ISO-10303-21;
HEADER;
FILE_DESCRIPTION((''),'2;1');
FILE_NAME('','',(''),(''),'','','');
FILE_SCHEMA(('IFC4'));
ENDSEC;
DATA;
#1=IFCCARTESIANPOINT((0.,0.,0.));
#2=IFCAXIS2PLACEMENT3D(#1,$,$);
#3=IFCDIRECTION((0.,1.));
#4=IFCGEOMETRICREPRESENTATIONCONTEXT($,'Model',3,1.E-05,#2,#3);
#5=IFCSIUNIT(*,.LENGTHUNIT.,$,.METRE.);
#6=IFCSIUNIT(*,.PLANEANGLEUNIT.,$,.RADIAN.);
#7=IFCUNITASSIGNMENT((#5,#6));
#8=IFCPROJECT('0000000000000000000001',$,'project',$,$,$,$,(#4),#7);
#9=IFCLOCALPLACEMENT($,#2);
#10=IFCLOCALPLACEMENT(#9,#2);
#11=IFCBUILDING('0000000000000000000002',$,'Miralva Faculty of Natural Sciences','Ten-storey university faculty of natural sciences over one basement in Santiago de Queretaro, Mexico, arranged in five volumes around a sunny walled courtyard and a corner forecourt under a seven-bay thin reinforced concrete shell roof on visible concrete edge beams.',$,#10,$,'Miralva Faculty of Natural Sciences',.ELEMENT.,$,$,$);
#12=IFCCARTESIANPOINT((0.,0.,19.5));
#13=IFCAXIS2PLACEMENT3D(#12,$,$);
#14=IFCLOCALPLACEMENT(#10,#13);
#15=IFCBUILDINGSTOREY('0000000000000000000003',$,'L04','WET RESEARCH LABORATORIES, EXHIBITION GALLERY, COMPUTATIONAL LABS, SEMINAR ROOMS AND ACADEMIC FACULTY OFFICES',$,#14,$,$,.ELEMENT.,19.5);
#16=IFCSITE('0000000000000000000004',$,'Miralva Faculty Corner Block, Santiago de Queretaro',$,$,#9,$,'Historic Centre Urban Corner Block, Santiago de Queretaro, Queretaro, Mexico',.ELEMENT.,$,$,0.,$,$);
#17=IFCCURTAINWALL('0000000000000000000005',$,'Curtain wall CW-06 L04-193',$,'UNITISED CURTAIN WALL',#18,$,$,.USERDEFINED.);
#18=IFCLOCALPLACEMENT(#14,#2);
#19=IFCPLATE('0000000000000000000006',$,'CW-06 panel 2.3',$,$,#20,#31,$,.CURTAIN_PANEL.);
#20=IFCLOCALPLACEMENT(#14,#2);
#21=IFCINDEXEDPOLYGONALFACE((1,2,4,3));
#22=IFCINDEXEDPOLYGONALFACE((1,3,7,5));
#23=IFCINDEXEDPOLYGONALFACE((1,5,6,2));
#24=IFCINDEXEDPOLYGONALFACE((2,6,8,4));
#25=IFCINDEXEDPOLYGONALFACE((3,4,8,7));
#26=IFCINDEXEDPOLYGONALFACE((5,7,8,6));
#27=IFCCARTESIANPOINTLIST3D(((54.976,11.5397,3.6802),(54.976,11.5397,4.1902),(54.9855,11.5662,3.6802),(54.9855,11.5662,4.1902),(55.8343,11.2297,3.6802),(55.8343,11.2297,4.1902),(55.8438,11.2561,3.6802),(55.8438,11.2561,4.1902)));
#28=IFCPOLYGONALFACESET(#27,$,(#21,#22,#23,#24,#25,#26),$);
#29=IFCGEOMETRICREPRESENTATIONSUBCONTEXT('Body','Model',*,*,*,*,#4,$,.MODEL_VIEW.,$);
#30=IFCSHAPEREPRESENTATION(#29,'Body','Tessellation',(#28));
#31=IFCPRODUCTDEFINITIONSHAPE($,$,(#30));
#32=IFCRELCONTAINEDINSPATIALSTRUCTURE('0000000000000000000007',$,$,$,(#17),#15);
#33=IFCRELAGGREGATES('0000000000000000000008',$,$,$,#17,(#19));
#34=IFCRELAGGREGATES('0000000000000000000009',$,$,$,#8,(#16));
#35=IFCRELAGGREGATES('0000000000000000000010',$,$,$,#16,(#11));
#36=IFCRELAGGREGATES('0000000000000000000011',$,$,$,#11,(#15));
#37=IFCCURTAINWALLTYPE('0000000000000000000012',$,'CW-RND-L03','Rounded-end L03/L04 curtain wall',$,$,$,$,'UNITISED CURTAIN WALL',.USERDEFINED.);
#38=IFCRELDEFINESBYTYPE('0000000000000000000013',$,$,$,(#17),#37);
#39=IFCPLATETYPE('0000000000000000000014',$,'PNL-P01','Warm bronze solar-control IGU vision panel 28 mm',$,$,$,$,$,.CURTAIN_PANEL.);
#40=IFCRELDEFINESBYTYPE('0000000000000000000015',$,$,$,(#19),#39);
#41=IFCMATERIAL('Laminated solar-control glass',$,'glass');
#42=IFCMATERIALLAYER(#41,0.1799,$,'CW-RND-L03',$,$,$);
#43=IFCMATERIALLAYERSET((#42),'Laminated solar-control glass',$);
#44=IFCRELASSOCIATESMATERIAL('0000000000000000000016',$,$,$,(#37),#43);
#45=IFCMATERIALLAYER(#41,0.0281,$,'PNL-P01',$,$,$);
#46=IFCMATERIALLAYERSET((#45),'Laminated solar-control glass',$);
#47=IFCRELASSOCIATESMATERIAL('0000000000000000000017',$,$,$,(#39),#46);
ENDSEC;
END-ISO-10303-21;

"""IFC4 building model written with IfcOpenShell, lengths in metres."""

from ifc_helpers import new_model, si_unit, direction, frame, origin, origin_2d, place, context, subcontext, project, spatial, rectangle, extrude, material, layer, layer_set, type_object, element, aggregate, save


model = new_model("IFC4")

# Units and contexts
model_context = context("Model", 3, precision=1e-05, world=origin(), true_north=direction((0.0, 1.0)))
body_context = subcontext(model_context, "Body", "Model", "MODEL_VIEW")
ifc_project = project(units=[si_unit("LENGTHUNIT", "METRE"), si_unit("PLANEANGLEUNIT", "RADIAN")], contexts=[model_context])

# Site, building, storey
site_placement = place(None, origin())
site = spatial("IfcSite", under=ifc_project, at=site_placement, Name="Miralva Faculty Corner Block, Santiago de Queretaro", LongName="Historic Centre Urban Corner Block, Santiago de Queretaro, Queretaro, Mexico", CompositionType="ELEMENT", RefElevation=0.0)
building_placement = place(site_placement, origin())
building = spatial("IfcBuilding", under=site, at=building_placement, Name="Miralva Faculty of Natural Sciences", Description="Ten-storey university faculty of natural sciences over one basement in Santiago de Queretaro, Mexico, arranged in five volumes around a sunny walled courtyard and a corner forecourt under a seven-bay thin reinforced concrete shell roof on visible concrete edge beams.", LongName="Miralva Faculty of Natural Sciences", CompositionType="ELEMENT")
storey_placement = place(building_placement, frame((0.0, 0.0, 19.5)))
storey = spatial("IfcBuildingStorey", under=building, at=storey_placement, Name="L04", Description="WET RESEARCH LABORATORIES, EXHIBITION GALLERY, COMPUTATIONAL LABS, SEMINAR ROOMS AND ACADEMIC FACULTY OFFICES", CompositionType="ELEMENT", Elevation=19.5)

# Curtain wall
ifc_material_1 = material(Name="Laminated solar-control glass", Category="glass")
ifc_layer_1 = layer(ifc_material_1, 0.1799, Name="CW-RND-L03")
ifc_layer_set_1 = layer_set([ifc_layer_1], Name="Laminated solar-control glass")
curtain_wall_type = type_object("IfcCurtainWallType", Name="CW-RND-L03", Description="Rounded-end L03/L04 curtain wall", ElementType="UNITISED CURTAIN WALL", PredefinedType="USERDEFINED", material=ifc_layer_set_1)
curtain_wall_1_placement = place(storey_placement, origin())
curtain_wall_1 = element("IfcCurtainWall", 1, at=curtain_wall_1_placement, inside=storey, type_object=curtain_wall_type, Name="Curtain wall CW-06 L04-193", ObjectType="UNITISED CURTAIN WALL", PredefinedType="USERDEFINED")

# Plate
ifc_layer_2 = layer(ifc_material_1, 0.0281, Name="PNL-P01")
ifc_layer_set_2 = layer_set([ifc_layer_2], Name="Laminated solar-control glass")
plate_type = type_object("IfcPlateType", Name="PNL-P01", Description="Warm bronze solar-control IGU vision panel 28 mm", PredefinedType="CURTAIN_PANEL", material=ifc_layer_set_2)
plate_1_placement = place(storey_placement, frame((55.4099, 11.3979, 3.6802), z_axis=(0.0, 0.0, 1.0), x_axis=(0.940535, -0.339696, 0.0)))
plate_1 = element("IfcPlate", 2, at=plate_1_placement, type_object=plate_type, Name="CW-06 panel 2.3", PredefinedType="CURTAIN_PANEL", context=body_context, shape_type="SweptSolid", body=[
    extrude(rectangle(XDim=0.9126, YDim=0.0281, at=origin_2d()), origin(), (0.0, 0.0, 1.0), 0.51),
])
aggregate(curtain_wall_1, [plate_1])

save(model, "model.ifc")
